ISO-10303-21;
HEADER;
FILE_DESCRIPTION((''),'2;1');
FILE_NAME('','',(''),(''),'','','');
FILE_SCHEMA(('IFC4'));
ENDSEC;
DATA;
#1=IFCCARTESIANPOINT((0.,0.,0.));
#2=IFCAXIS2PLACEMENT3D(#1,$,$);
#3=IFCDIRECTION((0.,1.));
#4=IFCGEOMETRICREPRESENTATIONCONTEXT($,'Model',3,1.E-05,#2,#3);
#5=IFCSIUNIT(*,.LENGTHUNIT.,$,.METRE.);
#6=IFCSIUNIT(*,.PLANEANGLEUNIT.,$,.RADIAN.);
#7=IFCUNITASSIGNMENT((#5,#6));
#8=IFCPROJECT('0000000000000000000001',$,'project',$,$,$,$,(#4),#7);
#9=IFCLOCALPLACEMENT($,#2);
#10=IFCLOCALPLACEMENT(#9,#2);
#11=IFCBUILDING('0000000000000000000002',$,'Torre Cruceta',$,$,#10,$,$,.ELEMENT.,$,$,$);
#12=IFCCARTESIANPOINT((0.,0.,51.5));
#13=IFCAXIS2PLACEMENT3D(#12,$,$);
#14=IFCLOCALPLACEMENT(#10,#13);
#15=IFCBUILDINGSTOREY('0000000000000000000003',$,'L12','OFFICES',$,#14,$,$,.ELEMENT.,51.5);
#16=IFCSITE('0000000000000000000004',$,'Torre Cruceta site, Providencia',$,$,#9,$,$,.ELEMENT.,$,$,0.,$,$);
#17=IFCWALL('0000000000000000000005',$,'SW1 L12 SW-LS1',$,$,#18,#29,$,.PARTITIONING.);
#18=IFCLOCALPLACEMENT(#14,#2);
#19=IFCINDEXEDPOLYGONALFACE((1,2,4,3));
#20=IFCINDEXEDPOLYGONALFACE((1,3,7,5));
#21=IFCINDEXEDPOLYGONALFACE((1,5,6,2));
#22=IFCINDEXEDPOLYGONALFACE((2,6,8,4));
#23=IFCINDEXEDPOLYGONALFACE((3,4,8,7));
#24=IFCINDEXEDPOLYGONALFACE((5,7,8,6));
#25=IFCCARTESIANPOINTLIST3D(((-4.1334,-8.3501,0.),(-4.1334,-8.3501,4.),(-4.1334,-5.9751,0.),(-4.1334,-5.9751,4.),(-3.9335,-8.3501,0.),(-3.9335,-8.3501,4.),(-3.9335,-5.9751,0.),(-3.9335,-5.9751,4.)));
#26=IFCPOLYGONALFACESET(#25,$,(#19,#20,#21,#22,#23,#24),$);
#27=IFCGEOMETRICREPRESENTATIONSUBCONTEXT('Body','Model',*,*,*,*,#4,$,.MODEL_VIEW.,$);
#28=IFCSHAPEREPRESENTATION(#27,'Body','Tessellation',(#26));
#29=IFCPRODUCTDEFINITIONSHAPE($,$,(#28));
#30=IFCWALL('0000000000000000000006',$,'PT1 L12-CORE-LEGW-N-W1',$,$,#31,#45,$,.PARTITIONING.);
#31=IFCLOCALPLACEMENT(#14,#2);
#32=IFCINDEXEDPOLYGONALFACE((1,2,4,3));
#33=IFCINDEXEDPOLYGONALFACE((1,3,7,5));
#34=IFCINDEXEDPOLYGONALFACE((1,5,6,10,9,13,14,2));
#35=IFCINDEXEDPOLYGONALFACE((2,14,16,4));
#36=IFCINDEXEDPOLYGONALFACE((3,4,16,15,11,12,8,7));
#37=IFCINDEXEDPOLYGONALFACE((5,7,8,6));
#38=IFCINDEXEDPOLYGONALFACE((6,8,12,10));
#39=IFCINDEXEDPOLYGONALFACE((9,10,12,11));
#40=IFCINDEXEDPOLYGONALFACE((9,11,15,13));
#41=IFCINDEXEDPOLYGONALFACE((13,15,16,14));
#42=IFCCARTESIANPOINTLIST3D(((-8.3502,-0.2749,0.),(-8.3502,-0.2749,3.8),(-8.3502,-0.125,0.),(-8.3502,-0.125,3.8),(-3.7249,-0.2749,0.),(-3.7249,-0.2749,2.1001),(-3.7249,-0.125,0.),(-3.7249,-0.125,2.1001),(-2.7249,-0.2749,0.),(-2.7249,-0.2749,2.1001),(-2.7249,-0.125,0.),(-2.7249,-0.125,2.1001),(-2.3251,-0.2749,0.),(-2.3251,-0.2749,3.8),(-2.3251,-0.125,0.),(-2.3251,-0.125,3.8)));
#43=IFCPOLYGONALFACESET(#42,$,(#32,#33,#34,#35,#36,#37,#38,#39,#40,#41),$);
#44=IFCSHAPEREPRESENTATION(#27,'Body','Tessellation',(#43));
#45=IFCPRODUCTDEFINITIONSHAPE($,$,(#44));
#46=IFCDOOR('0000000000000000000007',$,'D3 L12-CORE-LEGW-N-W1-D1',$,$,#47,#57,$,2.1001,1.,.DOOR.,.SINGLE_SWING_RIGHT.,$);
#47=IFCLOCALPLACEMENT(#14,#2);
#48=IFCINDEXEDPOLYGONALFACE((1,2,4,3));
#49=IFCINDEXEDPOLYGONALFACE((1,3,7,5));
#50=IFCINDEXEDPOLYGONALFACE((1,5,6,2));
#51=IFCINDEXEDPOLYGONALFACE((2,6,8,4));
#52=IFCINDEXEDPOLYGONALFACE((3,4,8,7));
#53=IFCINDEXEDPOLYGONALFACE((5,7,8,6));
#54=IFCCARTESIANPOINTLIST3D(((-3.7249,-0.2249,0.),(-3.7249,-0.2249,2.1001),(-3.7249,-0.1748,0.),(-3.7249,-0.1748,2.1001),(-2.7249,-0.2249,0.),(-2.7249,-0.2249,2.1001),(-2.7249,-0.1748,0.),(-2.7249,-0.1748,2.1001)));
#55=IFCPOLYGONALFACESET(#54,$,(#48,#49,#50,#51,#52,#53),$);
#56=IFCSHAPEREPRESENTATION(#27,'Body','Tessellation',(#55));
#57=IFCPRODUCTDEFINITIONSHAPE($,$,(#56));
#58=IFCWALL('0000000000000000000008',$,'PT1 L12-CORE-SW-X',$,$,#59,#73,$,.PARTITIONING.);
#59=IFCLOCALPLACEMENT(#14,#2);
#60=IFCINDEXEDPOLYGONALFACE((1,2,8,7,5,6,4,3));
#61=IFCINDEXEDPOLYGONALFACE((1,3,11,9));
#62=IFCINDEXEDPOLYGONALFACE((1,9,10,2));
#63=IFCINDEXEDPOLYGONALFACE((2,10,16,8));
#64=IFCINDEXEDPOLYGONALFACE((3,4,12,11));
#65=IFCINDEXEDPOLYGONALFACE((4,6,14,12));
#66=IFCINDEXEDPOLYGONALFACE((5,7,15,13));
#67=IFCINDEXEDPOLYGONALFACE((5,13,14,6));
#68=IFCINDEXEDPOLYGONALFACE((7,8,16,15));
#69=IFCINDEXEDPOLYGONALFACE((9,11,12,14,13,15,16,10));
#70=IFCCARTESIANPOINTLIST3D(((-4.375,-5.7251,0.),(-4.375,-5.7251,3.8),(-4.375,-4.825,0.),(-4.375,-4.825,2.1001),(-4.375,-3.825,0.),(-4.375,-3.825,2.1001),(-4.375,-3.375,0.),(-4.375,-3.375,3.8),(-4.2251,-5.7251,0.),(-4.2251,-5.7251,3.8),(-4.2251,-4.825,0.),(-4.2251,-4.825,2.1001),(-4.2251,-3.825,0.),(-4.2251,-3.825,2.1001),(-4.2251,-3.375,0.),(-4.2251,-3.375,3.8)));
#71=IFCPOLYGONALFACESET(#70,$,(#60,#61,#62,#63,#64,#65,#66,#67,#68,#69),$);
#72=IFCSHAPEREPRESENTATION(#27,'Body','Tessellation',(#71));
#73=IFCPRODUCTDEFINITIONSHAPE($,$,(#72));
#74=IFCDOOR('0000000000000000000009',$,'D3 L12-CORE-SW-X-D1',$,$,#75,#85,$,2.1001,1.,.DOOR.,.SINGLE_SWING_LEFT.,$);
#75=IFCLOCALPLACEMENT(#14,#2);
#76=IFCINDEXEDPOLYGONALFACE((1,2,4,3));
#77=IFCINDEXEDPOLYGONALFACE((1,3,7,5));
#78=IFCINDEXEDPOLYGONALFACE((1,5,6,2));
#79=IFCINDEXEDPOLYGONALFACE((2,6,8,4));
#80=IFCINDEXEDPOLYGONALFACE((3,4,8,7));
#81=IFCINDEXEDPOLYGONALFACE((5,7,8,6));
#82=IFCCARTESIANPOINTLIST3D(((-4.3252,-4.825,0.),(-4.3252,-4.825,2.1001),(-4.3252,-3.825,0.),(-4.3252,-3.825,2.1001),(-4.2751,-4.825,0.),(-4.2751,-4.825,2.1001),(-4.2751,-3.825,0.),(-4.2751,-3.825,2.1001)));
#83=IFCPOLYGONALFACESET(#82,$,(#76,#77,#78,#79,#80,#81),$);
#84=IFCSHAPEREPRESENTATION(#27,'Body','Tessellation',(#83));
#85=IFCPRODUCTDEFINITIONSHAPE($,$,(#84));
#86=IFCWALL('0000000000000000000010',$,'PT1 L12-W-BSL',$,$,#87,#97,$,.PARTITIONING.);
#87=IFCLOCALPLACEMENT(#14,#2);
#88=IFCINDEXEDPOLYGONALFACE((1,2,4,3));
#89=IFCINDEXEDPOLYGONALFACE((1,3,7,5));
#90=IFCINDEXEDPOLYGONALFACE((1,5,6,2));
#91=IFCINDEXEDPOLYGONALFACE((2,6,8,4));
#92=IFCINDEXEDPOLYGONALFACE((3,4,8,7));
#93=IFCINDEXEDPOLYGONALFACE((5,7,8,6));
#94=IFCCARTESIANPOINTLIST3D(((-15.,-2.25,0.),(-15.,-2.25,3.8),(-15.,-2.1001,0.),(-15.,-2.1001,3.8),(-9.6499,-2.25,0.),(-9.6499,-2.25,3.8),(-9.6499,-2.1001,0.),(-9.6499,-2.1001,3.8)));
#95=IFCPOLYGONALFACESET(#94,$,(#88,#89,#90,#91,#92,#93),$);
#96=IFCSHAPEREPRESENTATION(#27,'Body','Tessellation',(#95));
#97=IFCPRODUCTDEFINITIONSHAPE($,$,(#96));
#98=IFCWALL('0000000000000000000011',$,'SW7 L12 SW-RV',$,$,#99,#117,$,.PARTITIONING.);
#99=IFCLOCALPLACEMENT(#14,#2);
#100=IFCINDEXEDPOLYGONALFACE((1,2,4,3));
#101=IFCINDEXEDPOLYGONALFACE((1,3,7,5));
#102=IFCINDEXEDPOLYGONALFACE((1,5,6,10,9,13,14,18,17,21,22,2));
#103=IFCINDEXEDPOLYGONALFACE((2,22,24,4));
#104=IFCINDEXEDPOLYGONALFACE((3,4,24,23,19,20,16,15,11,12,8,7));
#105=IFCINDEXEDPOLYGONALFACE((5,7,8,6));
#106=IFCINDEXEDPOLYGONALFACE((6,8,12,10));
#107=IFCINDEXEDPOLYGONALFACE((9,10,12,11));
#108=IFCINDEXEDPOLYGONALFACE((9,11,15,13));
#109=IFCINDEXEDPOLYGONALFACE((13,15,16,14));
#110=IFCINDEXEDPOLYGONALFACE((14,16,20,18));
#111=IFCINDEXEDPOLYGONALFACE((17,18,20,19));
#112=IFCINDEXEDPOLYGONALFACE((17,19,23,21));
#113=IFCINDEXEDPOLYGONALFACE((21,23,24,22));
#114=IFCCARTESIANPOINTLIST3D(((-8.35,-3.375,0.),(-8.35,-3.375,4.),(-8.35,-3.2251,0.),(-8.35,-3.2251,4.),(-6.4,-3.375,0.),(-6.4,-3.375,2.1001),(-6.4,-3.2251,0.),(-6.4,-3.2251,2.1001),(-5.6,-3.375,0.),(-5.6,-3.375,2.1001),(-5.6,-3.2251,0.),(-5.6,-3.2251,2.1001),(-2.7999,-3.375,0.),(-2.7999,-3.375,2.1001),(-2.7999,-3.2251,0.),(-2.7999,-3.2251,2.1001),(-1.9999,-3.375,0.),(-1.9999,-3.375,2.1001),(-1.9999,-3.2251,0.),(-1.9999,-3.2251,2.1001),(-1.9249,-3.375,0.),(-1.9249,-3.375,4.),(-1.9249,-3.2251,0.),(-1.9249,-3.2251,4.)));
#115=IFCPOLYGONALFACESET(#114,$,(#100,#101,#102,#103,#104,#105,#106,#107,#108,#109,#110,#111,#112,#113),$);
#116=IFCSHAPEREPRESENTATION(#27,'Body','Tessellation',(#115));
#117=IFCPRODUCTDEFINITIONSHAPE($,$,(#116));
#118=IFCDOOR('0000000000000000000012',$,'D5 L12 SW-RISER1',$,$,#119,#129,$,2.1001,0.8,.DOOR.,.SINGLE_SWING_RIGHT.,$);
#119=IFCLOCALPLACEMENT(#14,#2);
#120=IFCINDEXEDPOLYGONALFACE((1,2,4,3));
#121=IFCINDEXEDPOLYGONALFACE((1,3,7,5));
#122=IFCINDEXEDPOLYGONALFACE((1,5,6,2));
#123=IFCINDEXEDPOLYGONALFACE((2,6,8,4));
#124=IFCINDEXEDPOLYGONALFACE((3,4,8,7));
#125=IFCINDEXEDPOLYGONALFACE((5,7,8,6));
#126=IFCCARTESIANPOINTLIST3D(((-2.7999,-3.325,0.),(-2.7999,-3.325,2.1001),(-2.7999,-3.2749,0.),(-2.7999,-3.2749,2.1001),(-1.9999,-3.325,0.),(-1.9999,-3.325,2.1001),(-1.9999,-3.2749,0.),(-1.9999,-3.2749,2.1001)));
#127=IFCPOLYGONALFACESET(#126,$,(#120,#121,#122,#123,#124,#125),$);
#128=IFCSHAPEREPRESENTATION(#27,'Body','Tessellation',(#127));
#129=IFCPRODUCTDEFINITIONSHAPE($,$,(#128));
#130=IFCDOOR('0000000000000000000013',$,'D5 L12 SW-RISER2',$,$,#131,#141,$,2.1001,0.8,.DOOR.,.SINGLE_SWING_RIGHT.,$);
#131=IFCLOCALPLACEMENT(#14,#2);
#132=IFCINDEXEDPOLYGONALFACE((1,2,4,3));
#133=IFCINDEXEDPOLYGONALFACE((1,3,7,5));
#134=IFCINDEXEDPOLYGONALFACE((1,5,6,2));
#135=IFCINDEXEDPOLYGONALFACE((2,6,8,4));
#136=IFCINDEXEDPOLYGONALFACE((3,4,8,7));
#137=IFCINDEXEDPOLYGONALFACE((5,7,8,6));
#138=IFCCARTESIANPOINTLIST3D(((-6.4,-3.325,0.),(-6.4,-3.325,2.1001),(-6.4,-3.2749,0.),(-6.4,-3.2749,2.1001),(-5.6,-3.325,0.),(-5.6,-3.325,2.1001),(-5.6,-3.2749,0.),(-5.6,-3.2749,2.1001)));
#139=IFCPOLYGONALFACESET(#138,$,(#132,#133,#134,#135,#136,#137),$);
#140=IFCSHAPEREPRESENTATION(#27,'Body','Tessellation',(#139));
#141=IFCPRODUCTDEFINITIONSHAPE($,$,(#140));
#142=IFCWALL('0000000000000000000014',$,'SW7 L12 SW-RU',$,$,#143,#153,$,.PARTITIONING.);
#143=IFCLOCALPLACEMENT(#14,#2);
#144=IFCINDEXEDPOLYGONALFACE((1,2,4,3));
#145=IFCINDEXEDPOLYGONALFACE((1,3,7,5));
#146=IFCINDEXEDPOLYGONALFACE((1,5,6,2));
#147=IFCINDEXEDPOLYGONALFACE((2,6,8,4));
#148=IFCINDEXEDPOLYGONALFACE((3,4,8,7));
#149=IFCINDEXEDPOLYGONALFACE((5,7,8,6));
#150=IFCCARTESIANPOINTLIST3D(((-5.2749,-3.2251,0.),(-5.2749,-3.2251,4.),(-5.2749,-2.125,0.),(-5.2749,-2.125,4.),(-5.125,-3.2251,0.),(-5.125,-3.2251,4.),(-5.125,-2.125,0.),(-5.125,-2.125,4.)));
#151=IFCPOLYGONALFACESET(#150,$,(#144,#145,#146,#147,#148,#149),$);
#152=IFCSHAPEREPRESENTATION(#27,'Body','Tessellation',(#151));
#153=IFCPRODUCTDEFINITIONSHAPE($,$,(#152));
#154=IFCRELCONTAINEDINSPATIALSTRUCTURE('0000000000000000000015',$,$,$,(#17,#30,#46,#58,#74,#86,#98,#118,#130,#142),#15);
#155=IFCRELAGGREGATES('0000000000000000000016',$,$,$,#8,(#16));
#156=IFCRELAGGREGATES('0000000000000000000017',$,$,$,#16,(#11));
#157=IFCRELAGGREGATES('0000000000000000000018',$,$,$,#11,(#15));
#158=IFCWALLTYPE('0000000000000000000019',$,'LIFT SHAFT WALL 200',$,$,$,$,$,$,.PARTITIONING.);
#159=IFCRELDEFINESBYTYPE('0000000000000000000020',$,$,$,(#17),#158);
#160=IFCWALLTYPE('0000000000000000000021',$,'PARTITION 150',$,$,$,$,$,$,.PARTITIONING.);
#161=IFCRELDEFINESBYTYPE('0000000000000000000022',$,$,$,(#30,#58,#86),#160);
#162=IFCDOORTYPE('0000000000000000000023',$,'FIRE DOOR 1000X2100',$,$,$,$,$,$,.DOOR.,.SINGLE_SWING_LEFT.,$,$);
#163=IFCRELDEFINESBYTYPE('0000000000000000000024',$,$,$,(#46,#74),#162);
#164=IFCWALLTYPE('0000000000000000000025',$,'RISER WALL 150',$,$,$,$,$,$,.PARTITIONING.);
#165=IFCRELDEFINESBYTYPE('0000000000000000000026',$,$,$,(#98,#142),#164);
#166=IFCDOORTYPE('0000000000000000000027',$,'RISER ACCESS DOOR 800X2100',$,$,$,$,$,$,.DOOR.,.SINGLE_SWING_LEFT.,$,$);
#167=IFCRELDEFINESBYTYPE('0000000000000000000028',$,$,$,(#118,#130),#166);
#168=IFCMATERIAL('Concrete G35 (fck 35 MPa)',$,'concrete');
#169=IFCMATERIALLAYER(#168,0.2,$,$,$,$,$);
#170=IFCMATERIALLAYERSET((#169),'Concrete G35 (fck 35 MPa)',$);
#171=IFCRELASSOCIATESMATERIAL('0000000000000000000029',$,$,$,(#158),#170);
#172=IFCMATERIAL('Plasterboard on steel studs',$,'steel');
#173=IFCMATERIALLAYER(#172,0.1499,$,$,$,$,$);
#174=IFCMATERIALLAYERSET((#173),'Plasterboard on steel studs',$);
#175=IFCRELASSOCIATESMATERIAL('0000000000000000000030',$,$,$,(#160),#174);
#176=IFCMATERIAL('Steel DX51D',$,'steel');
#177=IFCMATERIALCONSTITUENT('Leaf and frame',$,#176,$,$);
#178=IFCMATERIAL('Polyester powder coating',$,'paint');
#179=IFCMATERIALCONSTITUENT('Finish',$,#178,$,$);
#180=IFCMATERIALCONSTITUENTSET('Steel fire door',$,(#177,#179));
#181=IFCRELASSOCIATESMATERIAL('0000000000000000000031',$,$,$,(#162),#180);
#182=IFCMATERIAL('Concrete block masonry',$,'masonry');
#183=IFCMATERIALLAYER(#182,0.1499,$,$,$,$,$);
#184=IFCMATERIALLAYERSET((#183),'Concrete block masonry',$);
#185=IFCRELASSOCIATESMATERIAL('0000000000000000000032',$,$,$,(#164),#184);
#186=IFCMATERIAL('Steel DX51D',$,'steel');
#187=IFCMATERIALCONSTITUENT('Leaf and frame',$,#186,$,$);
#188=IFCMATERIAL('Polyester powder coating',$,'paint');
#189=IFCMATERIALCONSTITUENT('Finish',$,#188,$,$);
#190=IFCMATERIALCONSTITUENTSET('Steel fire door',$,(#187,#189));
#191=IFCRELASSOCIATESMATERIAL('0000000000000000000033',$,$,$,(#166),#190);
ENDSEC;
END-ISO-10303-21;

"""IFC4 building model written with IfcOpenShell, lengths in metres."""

from ifc_helpers import new_model, si_unit, direction, frame, frame_2d, origin, place, context, subcontext, project, spatial, rectangle, extrude, material, layer, layer_set, constituent, constituent_set, type_object, element, fill, save


model = new_model("IFC4")

# Units and contexts
model_context = context("Model", 3, precision=1e-05, world=origin(), true_north=direction((0.0, 1.0)))
body_context = subcontext(model_context, "Body", "Model", "MODEL_VIEW")
ifc_project = project(units=[si_unit("LENGTHUNIT", "METRE"), si_unit("PLANEANGLEUNIT", "RADIAN")], contexts=[model_context])

# Site, building, storey
site_placement = place(None, origin())
site = spatial("IfcSite", under=ifc_project, at=site_placement, Name="Torre Cruceta site, Providencia", CompositionType="ELEMENT", RefElevation=0.0)
building_placement = place(site_placement, origin())
building = spatial("IfcBuilding", under=site, at=building_placement, Name="Torre Cruceta", CompositionType="ELEMENT")
storey_placement = place(building_placement, frame((0.0, 0.0, 51.5)))
storey = spatial("IfcBuildingStorey", under=building, at=storey_placement, Name="L12", Description="OFFICES", CompositionType="ELEMENT", Elevation=51.5)

# Wall
ifc_material_1 = material(Name="Concrete G35 (fck 35 MPa)", Category="concrete")
ifc_layer_1 = layer(ifc_material_1, 0.2)
ifc_layer_set_1 = layer_set([ifc_layer_1], Name="Concrete G35 (fck 35 MPa)")
wall_type_1 = type_object("IfcWallType", Name="LIFT SHAFT WALL 200", PredefinedType="PARTITIONING", material=ifc_layer_set_1)
wall_1_placement = place(storey_placement, frame((-4.0334, -5.9751, 0.0), z_axis=(0.0, 0.0, 1.0), x_axis=(0.0, -1.0, 0.0)))
element("IfcWall", 1, at=wall_1_placement, inside=storey, type_object=wall_type_1, Name="SW1 L12 SW-LS1", PredefinedType="PARTITIONING", context=body_context, shape_type="SweptSolid", body=[
    extrude(rectangle(XDim=2.375, YDim=0.2, at=frame_2d((1.1875, 0.0))), origin(), (0.0, 0.0, 1.0), 4.0),
])

# Walls, openings, doors
ifc_material_2 = material(Name="Plasterboard on steel studs", Category="steel")
ifc_layer_2 = layer(ifc_material_2, 0.1499)
ifc_layer_set_2 = layer_set([ifc_layer_2], Name="Plasterboard on steel studs")
wall_type_2 = type_object("IfcWallType", Name="PARTITION 150", PredefinedType="PARTITIONING", material=ifc_layer_set_2)
wall_2_placement = place(storey_placement, frame((-2.325, -0.2, 0.0), z_axis=(0.0, 0.0, 1.0), x_axis=(-1.0, 0.0, 0.0)))
wall_2 = element("IfcWall", 2, at=wall_2_placement, inside=storey, type_object=wall_type_2, Name="PT1 L12-CORE-LEGW-N-W1", PredefinedType="PARTITIONING", context=body_context, shape_type="SweptSolid", body=[
    extrude(rectangle(XDim=6.0251, YDim=0.1499, at=frame_2d((3.0127, 0.0))), origin(), (0.0, 0.0, 1.0), 3.8),
])
opening_1_placement = place(wall_2_placement, frame((0.3999, 0.0, 0.0)))
opening_1 = element("IfcOpeningElement", 3, at=opening_1_placement, cuts=wall_2, PredefinedType="OPENING", context=body_context, shape_type="SweptSolid", body=[
    extrude(rectangle(XDim=1.0, YDim=2.1001, at=frame_2d((0.5, 1.05))), frame((0.0, 0.085, 0.0), z_axis=(0.0, -1.0, 0.0), x_axis=(1.0, 0.0, 0.0)), (0.0, 0.0, 1.0), 0.1699),
])
ifc_material_3 = material(Name="Steel DX51D", Category="steel")
ifc_constituent_1 = constituent(ifc_material_3, Name="Leaf and frame")
ifc_material_4 = material(Name="Polyester powder coating", Category="paint")
ifc_constituent_2 = constituent(ifc_material_4, Name="Finish")
ifc_constituent_set_1 = constituent_set(constituents=[ifc_constituent_1, ifc_constituent_2], Name="Steel fire door")
door_type_1 = type_object("IfcDoorType", Name="FIRE DOOR 1000X2100", OperationType="SINGLE_SWING_LEFT", PredefinedType="DOOR", material=ifc_constituent_set_1)
door_1_placement = place(opening_1_placement, frame((1.0, 0.0, 0.0), z_axis=(0.0, 0.0, 1.0), x_axis=(-1.0, 0.0, 0.0)))
door_1 = element("IfcDoor", 4, at=door_1_placement, inside=storey, type_object=door_type_1, Name="D3 L12-CORE-LEGW-N-W1-D1", OperationType="SINGLE_SWING_RIGHT", OverallHeight=2.1001, OverallWidth=1.0, PredefinedType="DOOR", context=body_context, shape_type="SweptSolid", body=[
    extrude(rectangle(XDim=1.0, YDim=2.1001, at=frame_2d((0.5, 1.05))), frame((0.0, 0.0251, 0.0), z_axis=(0.0, -1.0, 0.0), x_axis=(1.0, 0.0, 0.0)), (0.0, 0.0, 1.0), 0.05),
])
fill(opening_1, door_1)
wall_3_placement = place(storey_placement, frame((-4.3, -3.375, 0.0), z_axis=(0.0, 0.0, 1.0), x_axis=(0.0, -1.0, 0.0)))
wall_3 = element("IfcWall", 5, at=wall_3_placement, inside=storey, type_object=wall_type_2, Name="PT1 L12-CORE-SW-X", PredefinedType="PARTITIONING", context=body_context, shape_type="SweptSolid", body=[
    extrude(rectangle(XDim=2.3501, YDim=0.1499, at=frame_2d((1.175, 0.0))), origin(), (0.0, 0.0, 1.0), 3.8),
])
opening_2_placement = place(wall_3_placement, frame((0.45, 0.0, 0.0)))
opening_2 = element("IfcOpeningElement", 6, at=opening_2_placement, cuts=wall_3, PredefinedType="OPENING", context=body_context, shape_type="SweptSolid", body=[
    extrude(rectangle(XDim=1.0, YDim=2.1001, at=frame_2d((0.5, 1.05))), frame((0.0, 0.085, 0.0), z_axis=(0.0, -1.0, 0.0), x_axis=(1.0, 0.0, 0.0)), (0.0, 0.0, 1.0), 0.1699),
])
door_2_placement = place(opening_2_placement, origin())
door_2 = element("IfcDoor", 7, at=door_2_placement, inside=storey, type_object=door_type_1, Name="D3 L12-CORE-SW-X-D1", OperationType="SINGLE_SWING_LEFT", OverallHeight=2.1001, OverallWidth=1.0, PredefinedType="DOOR", context=body_context, shape_type="SweptSolid", body=[
    extrude(rectangle(XDim=1.0, YDim=2.1001, at=frame_2d((0.5, 1.05))), frame((0.0, 0.0249, 0.0), z_axis=(0.0, -1.0, 0.0), x_axis=(1.0, 0.0, 0.0)), (0.0, 0.0, 1.0), 0.05),
])
fill(opening_2, door_2)

# Wall
wall_4_placement = place(storey_placement, frame((-9.6499, -2.175, 0.0), z_axis=(0.0, 0.0, 1.0), x_axis=(-1.0, 0.0, 0.0)))
element("IfcWall", 8, at=wall_4_placement, inside=storey, type_object=wall_type_2, Name="PT1 L12-W-BSL", PredefinedType="PARTITIONING", context=body_context, shape_type="SweptSolid", body=[
    extrude(rectangle(XDim=5.3501, YDim=0.1499, at=frame_2d((2.675, 0.0))), origin(), (0.0, 0.0, 1.0), 3.8),
])

# Wall, openings, doors
ifc_material_5 = material(Name="Concrete block masonry", Category="masonry")
ifc_layer_3 = layer(ifc_material_5, 0.1499)
ifc_layer_set_3 = layer_set([ifc_layer_3], Name="Concrete block masonry")
wall_type_3 = type_object("IfcWallType", Name="RISER WALL 150", PredefinedType="PARTITIONING", material=ifc_layer_set_3)
wall_5_placement = place(storey_placement, frame((-1.925, -3.3, 0.0), z_axis=(0.0, 0.0, 1.0), x_axis=(-1.0, 0.0, 0.0)))
wall_5 = element("IfcWall", 9, at=wall_5_placement, inside=storey, type_object=wall_type_3, Name="SW7 L12 SW-RV", PredefinedType="PARTITIONING", context=body_context, shape_type="SweptSolid", body=[
    extrude(rectangle(XDim=6.425, YDim=0.1499, at=frame_2d((3.2124, 0.0))), origin(), (0.0, 0.0, 1.0), 4.0),
])
opening_3_placement = place(wall_5_placement, frame((0.075, 0.0, 0.0)))
opening_3 = element("IfcOpeningElement", 10, at=opening_3_placement, cuts=wall_5, PredefinedType="OPENING", context=body_context, shape_type="SweptSolid", body=[
    extrude(rectangle(XDim=0.8, YDim=2.1001, at=frame_2d((0.3999, 1.05))), frame((0.0, 0.085, 0.0), z_axis=(0.0, -1.0, 0.0), x_axis=(1.0, 0.0, 0.0)), (0.0, 0.0, 1.0), 0.1699),
])
opening_4_placement = place(wall_5_placement, frame((3.675, 0.0, 0.0)))
opening_4 = element("IfcOpeningElement", 11, at=opening_4_placement, cuts=wall_5, PredefinedType="OPENING", context=body_context, shape_type="SweptSolid", body=[
    extrude(rectangle(XDim=0.8, YDim=2.1001, at=frame_2d((0.3999, 1.05))), frame((0.0, 0.085, 0.0), z_axis=(0.0, -1.0, 0.0), x_axis=(1.0, 0.0, 0.0)), (0.0, 0.0, 1.0), 0.1699),
])
ifc_material_6 = material(Name="Steel DX51D", Category="steel")
ifc_constituent_3 = constituent(ifc_material_6, Name="Leaf and frame")
ifc_material_7 = material(Name="Polyester powder coating", Category="paint")
ifc_constituent_4 = constituent(ifc_material_7, Name="Finish")
ifc_constituent_set_2 = constituent_set(constituents=[ifc_constituent_3, ifc_constituent_4], Name="Steel fire door")
door_type_2 = type_object("IfcDoorType", Name="RISER ACCESS DOOR 800X2100", OperationType="SINGLE_SWING_LEFT", PredefinedType="DOOR", material=ifc_constituent_set_2)
door_3_placement = place(opening_3_placement, frame((0.8, 0.0, 0.0), z_axis=(0.0, 0.0, 1.0), x_axis=(-1.0, 0.0, 0.0)))
door_3 = element("IfcDoor", 12, at=door_3_placement, inside=storey, type_object=door_type_2, Name="D5 L12 SW-RISER1", OperationType="SINGLE_SWING_RIGHT", OverallHeight=2.1001, OverallWidth=0.8, PredefinedType="DOOR", context=body_context, shape_type="SweptSolid", body=[
    extrude(rectangle(XDim=0.8, YDim=2.1001, at=frame_2d((0.4001, 1.05))), frame((0.0, 0.0251, 0.0), z_axis=(0.0, -1.0, 0.0), x_axis=(1.0, 0.0, 0.0)), (0.0, 0.0, 1.0), 0.05),
])
fill(opening_3, door_3)
door_4_placement = place(opening_4_placement, frame((0.8, 0.0, 0.0), z_axis=(0.0, 0.0, 1.0), x_axis=(-1.0, 0.0, 0.0)))
door_4 = element("IfcDoor", 13, at=door_4_placement, inside=storey, type_object=door_type_2, Name="D5 L12 SW-RISER2", OperationType="SINGLE_SWING_RIGHT", OverallHeight=2.1001, OverallWidth=0.8, PredefinedType="DOOR", context=body_context, shape_type="SweptSolid", body=[
    extrude(rectangle(XDim=0.8, YDim=2.1001, at=frame_2d((0.4001, 1.05))), frame((0.0, 0.0251, 0.0), z_axis=(0.0, -1.0, 0.0), x_axis=(1.0, 0.0, 0.0)), (0.0, 0.0, 1.0), 0.05),
])
fill(opening_4, door_4)

# Wall
wall_6_placement = place(storey_placement, frame((-5.2, -2.125, 0.0), z_axis=(0.0, 0.0, 1.0), x_axis=(0.0, -1.0, 0.0)))
element("IfcWall", 14, at=wall_6_placement, inside=storey, type_object=wall_type_3, Name="SW7 L12 SW-RU", PredefinedType="PARTITIONING", context=body_context, shape_type="SweptSolid", body=[
    extrude(rectangle(XDim=1.1001, YDim=0.1499, at=frame_2d((0.55, 0.0))), origin(), (0.0, 0.0, 1.0), 4.0),
])

save(model, "model.ifc")
